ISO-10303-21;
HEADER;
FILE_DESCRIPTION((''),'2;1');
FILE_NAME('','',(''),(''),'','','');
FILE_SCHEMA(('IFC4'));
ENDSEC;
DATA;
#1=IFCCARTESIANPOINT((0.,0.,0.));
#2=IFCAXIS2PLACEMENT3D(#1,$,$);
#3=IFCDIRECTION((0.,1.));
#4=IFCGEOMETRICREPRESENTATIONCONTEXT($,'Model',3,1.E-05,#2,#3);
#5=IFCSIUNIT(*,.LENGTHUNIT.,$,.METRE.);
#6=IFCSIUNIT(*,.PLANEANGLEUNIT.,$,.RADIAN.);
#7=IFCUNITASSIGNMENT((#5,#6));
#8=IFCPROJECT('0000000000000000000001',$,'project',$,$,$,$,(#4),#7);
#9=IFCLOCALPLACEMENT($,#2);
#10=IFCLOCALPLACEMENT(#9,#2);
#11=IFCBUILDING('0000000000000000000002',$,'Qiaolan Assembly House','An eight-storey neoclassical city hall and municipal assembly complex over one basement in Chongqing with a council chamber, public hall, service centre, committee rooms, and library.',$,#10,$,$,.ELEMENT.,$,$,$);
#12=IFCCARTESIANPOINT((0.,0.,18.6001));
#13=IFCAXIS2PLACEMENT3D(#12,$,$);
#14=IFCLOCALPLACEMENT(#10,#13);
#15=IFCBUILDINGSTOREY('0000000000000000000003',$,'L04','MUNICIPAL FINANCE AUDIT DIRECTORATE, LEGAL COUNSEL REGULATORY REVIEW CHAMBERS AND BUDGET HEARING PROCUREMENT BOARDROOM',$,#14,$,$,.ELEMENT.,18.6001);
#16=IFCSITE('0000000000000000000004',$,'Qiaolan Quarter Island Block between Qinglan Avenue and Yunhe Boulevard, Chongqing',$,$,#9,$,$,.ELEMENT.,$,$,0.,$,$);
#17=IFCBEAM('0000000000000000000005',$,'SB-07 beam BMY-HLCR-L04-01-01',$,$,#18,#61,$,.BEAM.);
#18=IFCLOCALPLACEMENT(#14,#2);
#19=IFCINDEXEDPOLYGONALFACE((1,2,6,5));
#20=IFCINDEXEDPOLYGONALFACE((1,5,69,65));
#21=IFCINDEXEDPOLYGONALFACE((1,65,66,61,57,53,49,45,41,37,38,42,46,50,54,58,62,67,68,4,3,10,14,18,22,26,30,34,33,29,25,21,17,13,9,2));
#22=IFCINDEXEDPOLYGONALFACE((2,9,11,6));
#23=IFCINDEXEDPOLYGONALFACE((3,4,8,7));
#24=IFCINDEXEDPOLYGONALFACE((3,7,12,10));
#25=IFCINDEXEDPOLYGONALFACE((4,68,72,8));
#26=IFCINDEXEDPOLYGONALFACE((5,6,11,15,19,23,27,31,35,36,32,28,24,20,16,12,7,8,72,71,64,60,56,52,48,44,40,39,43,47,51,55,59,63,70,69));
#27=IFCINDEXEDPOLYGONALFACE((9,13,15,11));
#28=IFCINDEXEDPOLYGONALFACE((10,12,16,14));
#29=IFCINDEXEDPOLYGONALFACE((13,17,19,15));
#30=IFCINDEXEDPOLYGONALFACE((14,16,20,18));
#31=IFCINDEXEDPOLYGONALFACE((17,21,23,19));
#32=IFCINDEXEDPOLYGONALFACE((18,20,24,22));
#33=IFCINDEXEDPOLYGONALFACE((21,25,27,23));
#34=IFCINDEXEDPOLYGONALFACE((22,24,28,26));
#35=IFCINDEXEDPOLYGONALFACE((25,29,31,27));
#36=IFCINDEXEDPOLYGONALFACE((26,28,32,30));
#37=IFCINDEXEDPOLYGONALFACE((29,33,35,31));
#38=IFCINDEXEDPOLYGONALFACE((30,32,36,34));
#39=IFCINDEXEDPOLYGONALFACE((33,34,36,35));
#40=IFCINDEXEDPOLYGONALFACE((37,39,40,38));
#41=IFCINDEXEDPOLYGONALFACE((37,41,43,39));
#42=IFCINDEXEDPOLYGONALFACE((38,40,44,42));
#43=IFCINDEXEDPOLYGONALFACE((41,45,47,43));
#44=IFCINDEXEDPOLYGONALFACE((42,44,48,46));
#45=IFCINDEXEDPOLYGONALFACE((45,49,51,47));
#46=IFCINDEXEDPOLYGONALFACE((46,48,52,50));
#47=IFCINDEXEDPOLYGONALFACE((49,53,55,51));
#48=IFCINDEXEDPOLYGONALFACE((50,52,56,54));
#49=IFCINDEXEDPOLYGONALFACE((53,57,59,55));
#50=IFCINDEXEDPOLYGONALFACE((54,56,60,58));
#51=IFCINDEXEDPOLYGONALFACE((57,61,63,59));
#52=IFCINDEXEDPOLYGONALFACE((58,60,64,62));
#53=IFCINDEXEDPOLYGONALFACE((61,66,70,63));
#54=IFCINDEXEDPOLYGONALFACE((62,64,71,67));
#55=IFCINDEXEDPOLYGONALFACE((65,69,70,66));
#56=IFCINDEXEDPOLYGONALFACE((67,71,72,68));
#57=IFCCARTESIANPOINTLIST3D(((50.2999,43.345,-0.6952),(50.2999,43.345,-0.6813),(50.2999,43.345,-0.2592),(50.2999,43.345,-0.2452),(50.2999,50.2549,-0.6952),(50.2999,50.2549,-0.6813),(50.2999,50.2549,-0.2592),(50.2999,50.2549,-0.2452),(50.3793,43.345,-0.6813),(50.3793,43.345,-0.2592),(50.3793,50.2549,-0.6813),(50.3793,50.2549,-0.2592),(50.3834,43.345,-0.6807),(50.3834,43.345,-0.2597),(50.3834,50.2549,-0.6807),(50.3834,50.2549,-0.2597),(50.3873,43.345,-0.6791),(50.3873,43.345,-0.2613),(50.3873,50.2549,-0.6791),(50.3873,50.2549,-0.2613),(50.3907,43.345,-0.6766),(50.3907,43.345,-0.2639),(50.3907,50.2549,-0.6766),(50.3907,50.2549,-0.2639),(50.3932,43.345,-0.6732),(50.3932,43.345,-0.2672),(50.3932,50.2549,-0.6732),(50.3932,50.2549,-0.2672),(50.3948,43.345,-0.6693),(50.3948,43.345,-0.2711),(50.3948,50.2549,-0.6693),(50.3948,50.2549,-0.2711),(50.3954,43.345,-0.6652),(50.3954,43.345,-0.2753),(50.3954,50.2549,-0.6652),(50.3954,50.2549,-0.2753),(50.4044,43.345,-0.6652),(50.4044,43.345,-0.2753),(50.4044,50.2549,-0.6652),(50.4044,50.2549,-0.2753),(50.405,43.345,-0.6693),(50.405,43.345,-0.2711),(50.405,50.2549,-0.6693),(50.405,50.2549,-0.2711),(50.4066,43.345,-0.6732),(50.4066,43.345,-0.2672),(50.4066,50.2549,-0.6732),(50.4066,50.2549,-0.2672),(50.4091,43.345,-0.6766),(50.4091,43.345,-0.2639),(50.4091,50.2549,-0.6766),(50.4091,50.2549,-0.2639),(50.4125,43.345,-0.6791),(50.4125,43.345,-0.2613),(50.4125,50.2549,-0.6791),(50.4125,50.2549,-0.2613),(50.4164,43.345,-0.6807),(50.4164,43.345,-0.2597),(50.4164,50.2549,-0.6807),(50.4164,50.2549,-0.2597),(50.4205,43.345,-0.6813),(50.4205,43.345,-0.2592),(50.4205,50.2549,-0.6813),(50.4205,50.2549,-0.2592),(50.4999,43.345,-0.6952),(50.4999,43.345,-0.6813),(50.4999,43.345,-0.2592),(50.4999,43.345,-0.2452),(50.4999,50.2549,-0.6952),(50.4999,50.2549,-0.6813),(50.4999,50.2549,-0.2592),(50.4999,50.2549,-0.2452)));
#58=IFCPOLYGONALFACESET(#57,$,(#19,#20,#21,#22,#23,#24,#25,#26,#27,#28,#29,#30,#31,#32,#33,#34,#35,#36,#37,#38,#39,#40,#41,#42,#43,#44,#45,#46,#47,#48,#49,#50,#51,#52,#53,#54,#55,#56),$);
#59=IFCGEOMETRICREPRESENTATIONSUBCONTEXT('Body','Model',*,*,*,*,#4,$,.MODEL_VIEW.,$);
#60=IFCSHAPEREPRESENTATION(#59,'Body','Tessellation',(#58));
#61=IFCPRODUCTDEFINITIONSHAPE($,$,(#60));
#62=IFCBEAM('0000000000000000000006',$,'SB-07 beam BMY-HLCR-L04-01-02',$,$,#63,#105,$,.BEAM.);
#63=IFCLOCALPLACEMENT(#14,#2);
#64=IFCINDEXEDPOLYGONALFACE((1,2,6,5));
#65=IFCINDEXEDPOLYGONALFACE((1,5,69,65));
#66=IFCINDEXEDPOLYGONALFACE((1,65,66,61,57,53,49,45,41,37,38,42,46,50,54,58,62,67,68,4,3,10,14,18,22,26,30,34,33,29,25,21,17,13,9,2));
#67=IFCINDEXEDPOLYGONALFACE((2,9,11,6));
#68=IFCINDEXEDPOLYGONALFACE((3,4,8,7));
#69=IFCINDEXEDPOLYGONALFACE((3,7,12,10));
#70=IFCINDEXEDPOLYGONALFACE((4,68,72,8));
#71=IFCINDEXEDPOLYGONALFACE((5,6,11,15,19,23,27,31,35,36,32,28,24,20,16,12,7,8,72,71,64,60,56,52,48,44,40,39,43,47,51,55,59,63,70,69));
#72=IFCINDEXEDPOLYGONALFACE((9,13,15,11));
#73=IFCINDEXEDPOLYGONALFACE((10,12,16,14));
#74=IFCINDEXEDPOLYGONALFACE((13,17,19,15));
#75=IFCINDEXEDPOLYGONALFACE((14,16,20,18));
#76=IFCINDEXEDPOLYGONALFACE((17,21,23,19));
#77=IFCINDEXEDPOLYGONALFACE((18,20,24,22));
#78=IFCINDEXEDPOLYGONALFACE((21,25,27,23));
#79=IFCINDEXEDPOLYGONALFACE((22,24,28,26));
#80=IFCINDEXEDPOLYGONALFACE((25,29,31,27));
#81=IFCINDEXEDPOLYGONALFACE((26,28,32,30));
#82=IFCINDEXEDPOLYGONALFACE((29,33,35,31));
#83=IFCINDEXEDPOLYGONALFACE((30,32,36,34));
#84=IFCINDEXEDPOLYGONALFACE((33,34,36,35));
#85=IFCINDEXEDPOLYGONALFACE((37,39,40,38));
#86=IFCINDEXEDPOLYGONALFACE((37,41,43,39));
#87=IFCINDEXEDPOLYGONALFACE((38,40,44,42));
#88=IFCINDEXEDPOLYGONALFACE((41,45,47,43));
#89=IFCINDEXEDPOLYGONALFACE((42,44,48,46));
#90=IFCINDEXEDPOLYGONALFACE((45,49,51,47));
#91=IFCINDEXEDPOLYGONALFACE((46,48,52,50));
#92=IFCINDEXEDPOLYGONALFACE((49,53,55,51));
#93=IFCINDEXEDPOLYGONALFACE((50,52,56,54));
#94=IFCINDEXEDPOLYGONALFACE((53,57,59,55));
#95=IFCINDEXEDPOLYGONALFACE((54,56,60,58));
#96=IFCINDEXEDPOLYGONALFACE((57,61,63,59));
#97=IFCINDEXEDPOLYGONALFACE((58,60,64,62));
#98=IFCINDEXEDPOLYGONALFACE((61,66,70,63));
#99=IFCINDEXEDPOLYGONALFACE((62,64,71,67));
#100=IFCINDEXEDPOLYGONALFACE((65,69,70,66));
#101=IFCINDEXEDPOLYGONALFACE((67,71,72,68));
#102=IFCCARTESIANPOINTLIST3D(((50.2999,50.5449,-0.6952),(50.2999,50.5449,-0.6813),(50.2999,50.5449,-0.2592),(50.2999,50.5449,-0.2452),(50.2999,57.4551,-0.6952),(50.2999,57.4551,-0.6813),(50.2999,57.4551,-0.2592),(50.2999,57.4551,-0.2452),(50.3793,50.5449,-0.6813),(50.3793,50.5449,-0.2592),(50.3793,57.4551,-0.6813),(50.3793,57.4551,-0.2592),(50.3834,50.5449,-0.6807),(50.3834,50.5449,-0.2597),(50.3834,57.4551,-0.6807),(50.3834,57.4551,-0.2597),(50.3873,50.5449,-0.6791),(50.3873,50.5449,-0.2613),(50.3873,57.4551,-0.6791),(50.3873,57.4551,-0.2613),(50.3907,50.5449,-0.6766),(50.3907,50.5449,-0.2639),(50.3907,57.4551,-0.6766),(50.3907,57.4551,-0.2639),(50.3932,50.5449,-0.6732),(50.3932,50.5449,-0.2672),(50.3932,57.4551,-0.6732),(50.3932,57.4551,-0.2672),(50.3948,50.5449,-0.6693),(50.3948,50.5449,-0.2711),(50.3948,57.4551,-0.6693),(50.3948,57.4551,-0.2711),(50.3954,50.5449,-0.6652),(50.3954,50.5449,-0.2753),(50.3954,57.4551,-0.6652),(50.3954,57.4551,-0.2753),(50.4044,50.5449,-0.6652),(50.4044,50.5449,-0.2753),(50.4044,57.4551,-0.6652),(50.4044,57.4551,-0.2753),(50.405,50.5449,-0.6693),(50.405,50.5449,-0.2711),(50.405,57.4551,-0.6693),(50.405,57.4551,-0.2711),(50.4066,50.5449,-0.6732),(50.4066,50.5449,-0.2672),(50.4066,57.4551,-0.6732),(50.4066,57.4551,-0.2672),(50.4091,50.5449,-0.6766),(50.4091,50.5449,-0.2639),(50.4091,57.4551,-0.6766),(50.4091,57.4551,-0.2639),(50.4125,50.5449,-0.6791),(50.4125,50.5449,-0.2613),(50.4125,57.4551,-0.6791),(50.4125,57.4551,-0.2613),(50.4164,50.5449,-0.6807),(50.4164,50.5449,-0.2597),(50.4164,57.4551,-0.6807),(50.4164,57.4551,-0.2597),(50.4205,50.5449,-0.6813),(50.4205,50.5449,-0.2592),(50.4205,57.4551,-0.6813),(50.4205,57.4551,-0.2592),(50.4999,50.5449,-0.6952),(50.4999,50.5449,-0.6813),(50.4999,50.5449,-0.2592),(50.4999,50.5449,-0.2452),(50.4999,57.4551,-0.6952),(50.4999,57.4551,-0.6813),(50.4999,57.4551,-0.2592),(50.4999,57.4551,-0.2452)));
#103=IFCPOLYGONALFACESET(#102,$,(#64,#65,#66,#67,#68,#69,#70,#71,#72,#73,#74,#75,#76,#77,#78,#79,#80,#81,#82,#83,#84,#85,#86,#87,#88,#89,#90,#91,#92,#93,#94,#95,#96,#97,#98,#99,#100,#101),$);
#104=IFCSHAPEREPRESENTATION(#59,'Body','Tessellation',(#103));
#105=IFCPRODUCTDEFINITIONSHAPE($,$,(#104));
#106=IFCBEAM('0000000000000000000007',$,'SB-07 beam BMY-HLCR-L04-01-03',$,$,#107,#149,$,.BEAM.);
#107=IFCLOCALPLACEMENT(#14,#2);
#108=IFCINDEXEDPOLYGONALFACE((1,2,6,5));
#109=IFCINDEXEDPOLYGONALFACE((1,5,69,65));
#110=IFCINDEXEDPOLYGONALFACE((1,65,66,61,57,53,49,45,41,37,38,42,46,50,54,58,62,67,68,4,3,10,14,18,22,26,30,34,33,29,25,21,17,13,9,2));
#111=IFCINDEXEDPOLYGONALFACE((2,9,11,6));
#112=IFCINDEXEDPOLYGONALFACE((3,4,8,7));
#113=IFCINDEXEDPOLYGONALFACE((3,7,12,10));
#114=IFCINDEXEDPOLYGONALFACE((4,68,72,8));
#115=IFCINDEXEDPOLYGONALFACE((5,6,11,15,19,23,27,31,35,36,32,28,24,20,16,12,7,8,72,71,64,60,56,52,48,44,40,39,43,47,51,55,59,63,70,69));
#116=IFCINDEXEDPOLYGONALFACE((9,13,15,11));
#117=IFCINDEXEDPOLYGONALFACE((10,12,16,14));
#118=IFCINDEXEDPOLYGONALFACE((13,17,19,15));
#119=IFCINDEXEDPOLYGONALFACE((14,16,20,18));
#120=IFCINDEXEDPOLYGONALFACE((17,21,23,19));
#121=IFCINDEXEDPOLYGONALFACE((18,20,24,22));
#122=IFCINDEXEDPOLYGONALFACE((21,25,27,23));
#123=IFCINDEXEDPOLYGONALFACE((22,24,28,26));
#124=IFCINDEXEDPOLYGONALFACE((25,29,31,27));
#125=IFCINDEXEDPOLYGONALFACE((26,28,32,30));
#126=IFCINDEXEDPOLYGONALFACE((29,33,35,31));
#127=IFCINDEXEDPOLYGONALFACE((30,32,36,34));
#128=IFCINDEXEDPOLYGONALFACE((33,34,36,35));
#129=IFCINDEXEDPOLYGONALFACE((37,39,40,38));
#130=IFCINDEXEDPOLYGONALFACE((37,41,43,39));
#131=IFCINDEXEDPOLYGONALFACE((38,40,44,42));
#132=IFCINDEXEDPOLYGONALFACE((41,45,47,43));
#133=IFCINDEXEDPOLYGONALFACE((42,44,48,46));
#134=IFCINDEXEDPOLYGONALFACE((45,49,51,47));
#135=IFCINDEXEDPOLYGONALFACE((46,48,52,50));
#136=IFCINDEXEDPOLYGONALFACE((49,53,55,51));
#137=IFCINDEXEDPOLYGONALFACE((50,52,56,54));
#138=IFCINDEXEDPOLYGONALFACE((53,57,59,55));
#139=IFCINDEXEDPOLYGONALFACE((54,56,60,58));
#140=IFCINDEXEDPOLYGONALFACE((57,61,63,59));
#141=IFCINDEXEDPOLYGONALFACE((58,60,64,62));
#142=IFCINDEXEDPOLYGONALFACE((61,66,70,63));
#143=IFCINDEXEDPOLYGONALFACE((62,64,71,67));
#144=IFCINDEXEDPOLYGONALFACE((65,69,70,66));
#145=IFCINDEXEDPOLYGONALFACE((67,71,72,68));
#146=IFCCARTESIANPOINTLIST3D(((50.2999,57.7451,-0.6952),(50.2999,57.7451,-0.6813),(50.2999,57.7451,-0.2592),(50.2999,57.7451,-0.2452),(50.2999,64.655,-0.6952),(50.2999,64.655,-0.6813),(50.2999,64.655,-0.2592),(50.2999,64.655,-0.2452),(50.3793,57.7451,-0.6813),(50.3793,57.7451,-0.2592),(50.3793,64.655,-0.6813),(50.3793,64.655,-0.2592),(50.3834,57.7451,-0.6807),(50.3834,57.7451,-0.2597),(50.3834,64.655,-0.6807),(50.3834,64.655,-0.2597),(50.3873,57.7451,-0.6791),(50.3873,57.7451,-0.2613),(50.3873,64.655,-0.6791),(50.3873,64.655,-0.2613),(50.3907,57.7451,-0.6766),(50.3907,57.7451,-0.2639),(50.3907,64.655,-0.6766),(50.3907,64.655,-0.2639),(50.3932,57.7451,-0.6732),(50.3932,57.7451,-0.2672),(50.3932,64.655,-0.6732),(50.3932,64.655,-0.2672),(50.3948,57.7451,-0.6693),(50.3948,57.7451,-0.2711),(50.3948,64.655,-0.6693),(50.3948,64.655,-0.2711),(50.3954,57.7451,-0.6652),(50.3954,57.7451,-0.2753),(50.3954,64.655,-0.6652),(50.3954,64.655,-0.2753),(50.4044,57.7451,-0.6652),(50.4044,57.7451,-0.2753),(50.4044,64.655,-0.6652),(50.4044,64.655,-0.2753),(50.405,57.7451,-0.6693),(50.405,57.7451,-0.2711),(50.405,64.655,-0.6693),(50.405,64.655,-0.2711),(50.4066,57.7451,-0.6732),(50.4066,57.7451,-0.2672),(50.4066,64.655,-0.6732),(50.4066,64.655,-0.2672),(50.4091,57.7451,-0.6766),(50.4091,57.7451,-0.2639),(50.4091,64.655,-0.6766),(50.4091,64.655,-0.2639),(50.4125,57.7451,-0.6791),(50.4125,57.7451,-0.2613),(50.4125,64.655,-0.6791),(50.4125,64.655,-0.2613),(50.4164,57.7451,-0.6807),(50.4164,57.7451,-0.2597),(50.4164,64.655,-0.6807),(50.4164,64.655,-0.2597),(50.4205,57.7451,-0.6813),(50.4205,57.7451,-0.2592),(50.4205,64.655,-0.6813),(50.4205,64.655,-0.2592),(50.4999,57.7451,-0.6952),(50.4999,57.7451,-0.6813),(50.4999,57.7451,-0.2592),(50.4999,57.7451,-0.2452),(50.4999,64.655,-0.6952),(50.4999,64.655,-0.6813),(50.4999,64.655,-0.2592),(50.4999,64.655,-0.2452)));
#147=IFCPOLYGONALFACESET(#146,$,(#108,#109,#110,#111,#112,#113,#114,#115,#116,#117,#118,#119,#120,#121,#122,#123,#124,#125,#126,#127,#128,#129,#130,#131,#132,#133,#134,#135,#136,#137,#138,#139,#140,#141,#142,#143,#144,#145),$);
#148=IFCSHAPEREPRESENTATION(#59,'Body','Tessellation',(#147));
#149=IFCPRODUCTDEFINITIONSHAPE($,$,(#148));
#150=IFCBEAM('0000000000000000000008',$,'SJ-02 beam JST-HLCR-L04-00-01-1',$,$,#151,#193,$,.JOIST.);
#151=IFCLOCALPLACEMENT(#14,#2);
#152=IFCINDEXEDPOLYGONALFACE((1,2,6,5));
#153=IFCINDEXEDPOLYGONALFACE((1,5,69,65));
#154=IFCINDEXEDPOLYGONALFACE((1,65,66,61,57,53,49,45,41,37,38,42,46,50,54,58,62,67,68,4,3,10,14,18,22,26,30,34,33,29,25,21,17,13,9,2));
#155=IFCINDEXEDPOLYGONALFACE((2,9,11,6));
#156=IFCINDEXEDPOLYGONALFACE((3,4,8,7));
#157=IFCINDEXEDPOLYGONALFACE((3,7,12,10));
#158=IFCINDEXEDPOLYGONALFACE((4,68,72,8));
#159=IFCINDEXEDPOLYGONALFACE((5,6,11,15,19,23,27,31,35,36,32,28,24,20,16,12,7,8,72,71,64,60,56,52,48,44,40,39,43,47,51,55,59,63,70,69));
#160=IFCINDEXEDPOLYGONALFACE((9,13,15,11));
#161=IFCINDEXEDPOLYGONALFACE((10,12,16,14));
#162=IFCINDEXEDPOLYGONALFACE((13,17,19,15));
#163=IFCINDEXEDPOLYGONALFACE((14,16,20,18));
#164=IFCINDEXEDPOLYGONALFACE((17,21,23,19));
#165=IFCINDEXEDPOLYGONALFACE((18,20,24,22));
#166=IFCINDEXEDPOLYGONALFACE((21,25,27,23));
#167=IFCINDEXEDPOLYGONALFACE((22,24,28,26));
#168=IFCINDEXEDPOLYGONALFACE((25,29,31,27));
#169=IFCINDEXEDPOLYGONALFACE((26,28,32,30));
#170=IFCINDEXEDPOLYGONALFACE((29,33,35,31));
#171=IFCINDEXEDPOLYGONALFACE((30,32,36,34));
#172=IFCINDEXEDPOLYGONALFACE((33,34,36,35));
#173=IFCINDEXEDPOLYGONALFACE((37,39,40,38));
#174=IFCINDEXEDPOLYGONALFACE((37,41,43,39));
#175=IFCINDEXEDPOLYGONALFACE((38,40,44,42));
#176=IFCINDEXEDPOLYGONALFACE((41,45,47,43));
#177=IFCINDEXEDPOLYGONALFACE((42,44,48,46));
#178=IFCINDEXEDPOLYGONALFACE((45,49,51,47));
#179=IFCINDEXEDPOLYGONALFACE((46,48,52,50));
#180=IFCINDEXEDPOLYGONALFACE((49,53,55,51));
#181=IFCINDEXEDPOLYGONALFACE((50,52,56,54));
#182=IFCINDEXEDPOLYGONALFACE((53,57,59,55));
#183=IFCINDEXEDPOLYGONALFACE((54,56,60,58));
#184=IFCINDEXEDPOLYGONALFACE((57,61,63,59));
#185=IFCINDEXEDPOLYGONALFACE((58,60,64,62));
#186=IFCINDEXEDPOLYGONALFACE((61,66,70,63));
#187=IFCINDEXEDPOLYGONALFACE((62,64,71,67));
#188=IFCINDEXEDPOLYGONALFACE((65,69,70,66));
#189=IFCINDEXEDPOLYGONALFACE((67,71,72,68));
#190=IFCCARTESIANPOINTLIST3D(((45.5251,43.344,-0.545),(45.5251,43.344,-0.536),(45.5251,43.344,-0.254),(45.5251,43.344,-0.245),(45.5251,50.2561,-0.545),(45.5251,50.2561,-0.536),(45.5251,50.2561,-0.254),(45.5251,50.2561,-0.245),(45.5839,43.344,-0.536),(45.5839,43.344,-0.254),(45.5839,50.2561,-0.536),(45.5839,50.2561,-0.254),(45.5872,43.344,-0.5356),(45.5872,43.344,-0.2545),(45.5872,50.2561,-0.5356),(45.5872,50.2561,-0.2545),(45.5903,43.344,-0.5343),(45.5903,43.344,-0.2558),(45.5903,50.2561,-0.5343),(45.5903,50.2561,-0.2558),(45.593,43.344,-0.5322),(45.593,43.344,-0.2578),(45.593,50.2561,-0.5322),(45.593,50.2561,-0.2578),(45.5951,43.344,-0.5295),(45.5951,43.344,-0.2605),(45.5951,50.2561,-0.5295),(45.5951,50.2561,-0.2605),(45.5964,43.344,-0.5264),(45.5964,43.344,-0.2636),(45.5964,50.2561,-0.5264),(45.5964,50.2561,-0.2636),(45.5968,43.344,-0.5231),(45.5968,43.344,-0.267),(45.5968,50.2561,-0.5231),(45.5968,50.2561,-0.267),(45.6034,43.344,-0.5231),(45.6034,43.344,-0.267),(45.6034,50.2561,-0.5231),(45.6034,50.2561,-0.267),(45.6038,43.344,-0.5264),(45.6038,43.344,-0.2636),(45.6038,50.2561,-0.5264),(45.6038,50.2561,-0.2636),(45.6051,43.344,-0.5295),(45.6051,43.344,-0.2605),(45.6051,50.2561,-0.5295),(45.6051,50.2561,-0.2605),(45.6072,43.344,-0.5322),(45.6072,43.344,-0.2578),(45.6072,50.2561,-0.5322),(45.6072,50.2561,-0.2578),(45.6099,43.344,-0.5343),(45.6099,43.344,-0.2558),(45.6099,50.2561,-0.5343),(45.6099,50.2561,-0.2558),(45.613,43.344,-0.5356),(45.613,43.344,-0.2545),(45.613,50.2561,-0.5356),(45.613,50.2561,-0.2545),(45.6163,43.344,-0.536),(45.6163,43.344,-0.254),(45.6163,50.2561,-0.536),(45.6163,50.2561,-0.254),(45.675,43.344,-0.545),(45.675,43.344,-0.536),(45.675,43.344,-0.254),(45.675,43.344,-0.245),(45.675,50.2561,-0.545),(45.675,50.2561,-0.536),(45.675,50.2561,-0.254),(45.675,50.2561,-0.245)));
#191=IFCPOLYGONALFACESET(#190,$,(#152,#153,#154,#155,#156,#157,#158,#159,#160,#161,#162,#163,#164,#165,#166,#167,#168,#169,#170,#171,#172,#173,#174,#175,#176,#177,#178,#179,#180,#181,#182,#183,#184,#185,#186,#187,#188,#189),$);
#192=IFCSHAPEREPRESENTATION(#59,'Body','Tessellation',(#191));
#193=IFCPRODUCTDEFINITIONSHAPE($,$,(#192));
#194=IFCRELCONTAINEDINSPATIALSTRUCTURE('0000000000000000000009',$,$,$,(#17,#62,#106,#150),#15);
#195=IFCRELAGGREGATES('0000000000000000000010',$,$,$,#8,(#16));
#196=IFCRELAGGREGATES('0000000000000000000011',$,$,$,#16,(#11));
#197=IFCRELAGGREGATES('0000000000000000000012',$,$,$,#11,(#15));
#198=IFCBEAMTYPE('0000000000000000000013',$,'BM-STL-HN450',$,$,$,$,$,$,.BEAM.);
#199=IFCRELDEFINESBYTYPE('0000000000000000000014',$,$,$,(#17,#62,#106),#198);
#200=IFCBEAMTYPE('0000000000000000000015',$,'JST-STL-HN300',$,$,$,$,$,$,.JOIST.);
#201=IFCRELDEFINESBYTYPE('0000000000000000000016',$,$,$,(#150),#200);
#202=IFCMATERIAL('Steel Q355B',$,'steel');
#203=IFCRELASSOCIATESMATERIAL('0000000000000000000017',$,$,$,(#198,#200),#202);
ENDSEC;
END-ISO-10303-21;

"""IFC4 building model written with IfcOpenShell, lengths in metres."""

from ifc_helpers import new_model, si_unit, direction, frame, origin, origin_2d, place, context, subcontext, project, spatial, i_section, extrude, material, material_profile, profile_set, type_object, element, save


model = new_model("IFC4")

# Units and contexts
model_context = context("Model", 3, precision=1e-05, world=origin(), true_north=direction((0.0, 1.0)))
body_context = subcontext(model_context, "Body", "Model", "MODEL_VIEW")
ifc_project = project(units=[si_unit("LENGTHUNIT", "METRE"), si_unit("PLANEANGLEUNIT", "RADIAN")], contexts=[model_context])

# Site, building, storey
site_placement = place(None, origin())
site = spatial("IfcSite", under=ifc_project, at=site_placement, Name="Qiaolan Quarter Island Block between Qinglan Avenue and Yunhe Boulevard, Chongqing", CompositionType="ELEMENT", RefElevation=0.0)
building_placement = place(site_placement, origin())
building = spatial("IfcBuilding", under=site, at=building_placement, Name="Qiaolan Assembly House", Description="An eight-storey neoclassical city hall and municipal assembly complex over one basement in Chongqing with a council chamber, public hall, service centre, committee rooms, and library.", CompositionType="ELEMENT")
storey_placement = place(building_placement, frame((0.0, 0.0, 18.6001)))
storey = spatial("IfcBuildingStorey", under=building, at=storey_placement, Name="L04", Description="MUNICIPAL FINANCE AUDIT DIRECTORATE, LEGAL COUNSEL REGULATORY REVIEW CHAMBERS AND BUDGET HEARING PROCUREMENT BOARDROOM", CompositionType="ELEMENT", Elevation=18.6001)

# Beams
ifc_material_1 = material(Name="Steel Q355B", Category="steel")
ifc_material_profile_1 = material_profile(ifc_material_1, i_section(OverallWidth=0.2, OverallDepth=0.45, WebThickness=0.009, FlangeThickness=0.0139, FilletRadius=0.0161, at=origin_2d()), Name="HN 450x200x9x14")
ifc_profile_set_1 = profile_set([ifc_material_profile_1], Name="Steel Q355B")
beam_type_1 = type_object("IfcBeamType", Name="BM-STL-HN450", PredefinedType="BEAM", material=ifc_profile_set_1)
for number, where, z_axis, x_axis, name in (
    (1, (50.3999, 43.345, -0.4702), (0.0, 1.0, 0.0), (-1.0, 0.0, 0.0), "SB-07 beam BMY-HLCR-L04-01-01"),
):
    element("IfcBeam", number, at=place(storey_placement, frame(where, z_axis=z_axis, x_axis=x_axis)), inside=storey, type_object=beam_type_1, Name=name, PredefinedType="BEAM", context=body_context, shape_type="SweptSolid", body=[
        extrude(i_section(OverallWidth=0.2, OverallDepth=0.45, WebThickness=0.009, FlangeThickness=0.0139, FilletRadius=0.0161, at=origin_2d()), origin(), (0.0, 0.0, 1.0), 6.9099),
    ])
beam_1_placement = place(storey_placement, frame((50.3999, 50.5449, -0.4702), z_axis=(0.0, 1.0, 0.0), x_axis=(-1.0, 0.0, 0.0)))
element("IfcBeam", 2, at=beam_1_placement, inside=storey, type_object=beam_type_1, Name="SB-07 beam BMY-HLCR-L04-01-02", PredefinedType="BEAM", context=body_context, shape_type="SweptSolid", body=[
    extrude(i_section(OverallWidth=0.2, OverallDepth=0.45, WebThickness=0.009, FlangeThickness=0.0139, FilletRadius=0.0161, at=origin_2d()), origin(), (0.0, 0.0, 1.0), 6.9102),
])
beam_2_placement = place(storey_placement, frame((50.3999, 57.7451, -0.4702), z_axis=(0.0, 1.0, 0.0), x_axis=(-1.0, 0.0, 0.0)))
element("IfcBeam", 3, at=beam_2_placement, inside=storey, type_object=beam_type_1, Name="SB-07 beam BMY-HLCR-L04-01-03", PredefinedType="BEAM", context=body_context, shape_type="SweptSolid", body=[
    extrude(i_section(OverallWidth=0.2, OverallDepth=0.45, WebThickness=0.009, FlangeThickness=0.0139, FilletRadius=0.0161, at=origin_2d()), origin(), (0.0, 0.0, 1.0), 6.9099),
])
ifc_material_profile_2 = material_profile(ifc_material_1, i_section(OverallWidth=0.1499, OverallDepth=0.3, WebThickness=0.0066, FlangeThickness=0.009, FilletRadius=0.0129, at=origin_2d()), Name="HN 300x150x6.5x9")
ifc_profile_set_2 = profile_set([ifc_material_profile_2], Name="Steel Q355B")
beam_type_2 = type_object("IfcBeamType", Name="JST-STL-HN300", PredefinedType="JOIST", material=ifc_profile_set_2)
for number, where, z_axis, x_axis, name in (
    (4, (45.6001, 43.344, -0.395), (0.0, 1.0, 0.0), (-1.0, 0.0, 0.0), "SJ-02 beam JST-HLCR-L04-00-01-1"),
):
    element("IfcBeam", number, at=place(storey_placement, frame(where, z_axis=z_axis, x_axis=x_axis)), inside=storey, type_object=beam_type_2, Name=name, PredefinedType="JOIST", context=body_context, shape_type="SweptSolid", body=[
        extrude(i_section(OverallWidth=0.1499, OverallDepth=0.3, WebThickness=0.0066, FlangeThickness=0.009, FilletRadius=0.0129, at=origin_2d()), origin(), (0.0, 0.0, 1.0), 6.9121),
    ])

save(model, "model.ifc")
